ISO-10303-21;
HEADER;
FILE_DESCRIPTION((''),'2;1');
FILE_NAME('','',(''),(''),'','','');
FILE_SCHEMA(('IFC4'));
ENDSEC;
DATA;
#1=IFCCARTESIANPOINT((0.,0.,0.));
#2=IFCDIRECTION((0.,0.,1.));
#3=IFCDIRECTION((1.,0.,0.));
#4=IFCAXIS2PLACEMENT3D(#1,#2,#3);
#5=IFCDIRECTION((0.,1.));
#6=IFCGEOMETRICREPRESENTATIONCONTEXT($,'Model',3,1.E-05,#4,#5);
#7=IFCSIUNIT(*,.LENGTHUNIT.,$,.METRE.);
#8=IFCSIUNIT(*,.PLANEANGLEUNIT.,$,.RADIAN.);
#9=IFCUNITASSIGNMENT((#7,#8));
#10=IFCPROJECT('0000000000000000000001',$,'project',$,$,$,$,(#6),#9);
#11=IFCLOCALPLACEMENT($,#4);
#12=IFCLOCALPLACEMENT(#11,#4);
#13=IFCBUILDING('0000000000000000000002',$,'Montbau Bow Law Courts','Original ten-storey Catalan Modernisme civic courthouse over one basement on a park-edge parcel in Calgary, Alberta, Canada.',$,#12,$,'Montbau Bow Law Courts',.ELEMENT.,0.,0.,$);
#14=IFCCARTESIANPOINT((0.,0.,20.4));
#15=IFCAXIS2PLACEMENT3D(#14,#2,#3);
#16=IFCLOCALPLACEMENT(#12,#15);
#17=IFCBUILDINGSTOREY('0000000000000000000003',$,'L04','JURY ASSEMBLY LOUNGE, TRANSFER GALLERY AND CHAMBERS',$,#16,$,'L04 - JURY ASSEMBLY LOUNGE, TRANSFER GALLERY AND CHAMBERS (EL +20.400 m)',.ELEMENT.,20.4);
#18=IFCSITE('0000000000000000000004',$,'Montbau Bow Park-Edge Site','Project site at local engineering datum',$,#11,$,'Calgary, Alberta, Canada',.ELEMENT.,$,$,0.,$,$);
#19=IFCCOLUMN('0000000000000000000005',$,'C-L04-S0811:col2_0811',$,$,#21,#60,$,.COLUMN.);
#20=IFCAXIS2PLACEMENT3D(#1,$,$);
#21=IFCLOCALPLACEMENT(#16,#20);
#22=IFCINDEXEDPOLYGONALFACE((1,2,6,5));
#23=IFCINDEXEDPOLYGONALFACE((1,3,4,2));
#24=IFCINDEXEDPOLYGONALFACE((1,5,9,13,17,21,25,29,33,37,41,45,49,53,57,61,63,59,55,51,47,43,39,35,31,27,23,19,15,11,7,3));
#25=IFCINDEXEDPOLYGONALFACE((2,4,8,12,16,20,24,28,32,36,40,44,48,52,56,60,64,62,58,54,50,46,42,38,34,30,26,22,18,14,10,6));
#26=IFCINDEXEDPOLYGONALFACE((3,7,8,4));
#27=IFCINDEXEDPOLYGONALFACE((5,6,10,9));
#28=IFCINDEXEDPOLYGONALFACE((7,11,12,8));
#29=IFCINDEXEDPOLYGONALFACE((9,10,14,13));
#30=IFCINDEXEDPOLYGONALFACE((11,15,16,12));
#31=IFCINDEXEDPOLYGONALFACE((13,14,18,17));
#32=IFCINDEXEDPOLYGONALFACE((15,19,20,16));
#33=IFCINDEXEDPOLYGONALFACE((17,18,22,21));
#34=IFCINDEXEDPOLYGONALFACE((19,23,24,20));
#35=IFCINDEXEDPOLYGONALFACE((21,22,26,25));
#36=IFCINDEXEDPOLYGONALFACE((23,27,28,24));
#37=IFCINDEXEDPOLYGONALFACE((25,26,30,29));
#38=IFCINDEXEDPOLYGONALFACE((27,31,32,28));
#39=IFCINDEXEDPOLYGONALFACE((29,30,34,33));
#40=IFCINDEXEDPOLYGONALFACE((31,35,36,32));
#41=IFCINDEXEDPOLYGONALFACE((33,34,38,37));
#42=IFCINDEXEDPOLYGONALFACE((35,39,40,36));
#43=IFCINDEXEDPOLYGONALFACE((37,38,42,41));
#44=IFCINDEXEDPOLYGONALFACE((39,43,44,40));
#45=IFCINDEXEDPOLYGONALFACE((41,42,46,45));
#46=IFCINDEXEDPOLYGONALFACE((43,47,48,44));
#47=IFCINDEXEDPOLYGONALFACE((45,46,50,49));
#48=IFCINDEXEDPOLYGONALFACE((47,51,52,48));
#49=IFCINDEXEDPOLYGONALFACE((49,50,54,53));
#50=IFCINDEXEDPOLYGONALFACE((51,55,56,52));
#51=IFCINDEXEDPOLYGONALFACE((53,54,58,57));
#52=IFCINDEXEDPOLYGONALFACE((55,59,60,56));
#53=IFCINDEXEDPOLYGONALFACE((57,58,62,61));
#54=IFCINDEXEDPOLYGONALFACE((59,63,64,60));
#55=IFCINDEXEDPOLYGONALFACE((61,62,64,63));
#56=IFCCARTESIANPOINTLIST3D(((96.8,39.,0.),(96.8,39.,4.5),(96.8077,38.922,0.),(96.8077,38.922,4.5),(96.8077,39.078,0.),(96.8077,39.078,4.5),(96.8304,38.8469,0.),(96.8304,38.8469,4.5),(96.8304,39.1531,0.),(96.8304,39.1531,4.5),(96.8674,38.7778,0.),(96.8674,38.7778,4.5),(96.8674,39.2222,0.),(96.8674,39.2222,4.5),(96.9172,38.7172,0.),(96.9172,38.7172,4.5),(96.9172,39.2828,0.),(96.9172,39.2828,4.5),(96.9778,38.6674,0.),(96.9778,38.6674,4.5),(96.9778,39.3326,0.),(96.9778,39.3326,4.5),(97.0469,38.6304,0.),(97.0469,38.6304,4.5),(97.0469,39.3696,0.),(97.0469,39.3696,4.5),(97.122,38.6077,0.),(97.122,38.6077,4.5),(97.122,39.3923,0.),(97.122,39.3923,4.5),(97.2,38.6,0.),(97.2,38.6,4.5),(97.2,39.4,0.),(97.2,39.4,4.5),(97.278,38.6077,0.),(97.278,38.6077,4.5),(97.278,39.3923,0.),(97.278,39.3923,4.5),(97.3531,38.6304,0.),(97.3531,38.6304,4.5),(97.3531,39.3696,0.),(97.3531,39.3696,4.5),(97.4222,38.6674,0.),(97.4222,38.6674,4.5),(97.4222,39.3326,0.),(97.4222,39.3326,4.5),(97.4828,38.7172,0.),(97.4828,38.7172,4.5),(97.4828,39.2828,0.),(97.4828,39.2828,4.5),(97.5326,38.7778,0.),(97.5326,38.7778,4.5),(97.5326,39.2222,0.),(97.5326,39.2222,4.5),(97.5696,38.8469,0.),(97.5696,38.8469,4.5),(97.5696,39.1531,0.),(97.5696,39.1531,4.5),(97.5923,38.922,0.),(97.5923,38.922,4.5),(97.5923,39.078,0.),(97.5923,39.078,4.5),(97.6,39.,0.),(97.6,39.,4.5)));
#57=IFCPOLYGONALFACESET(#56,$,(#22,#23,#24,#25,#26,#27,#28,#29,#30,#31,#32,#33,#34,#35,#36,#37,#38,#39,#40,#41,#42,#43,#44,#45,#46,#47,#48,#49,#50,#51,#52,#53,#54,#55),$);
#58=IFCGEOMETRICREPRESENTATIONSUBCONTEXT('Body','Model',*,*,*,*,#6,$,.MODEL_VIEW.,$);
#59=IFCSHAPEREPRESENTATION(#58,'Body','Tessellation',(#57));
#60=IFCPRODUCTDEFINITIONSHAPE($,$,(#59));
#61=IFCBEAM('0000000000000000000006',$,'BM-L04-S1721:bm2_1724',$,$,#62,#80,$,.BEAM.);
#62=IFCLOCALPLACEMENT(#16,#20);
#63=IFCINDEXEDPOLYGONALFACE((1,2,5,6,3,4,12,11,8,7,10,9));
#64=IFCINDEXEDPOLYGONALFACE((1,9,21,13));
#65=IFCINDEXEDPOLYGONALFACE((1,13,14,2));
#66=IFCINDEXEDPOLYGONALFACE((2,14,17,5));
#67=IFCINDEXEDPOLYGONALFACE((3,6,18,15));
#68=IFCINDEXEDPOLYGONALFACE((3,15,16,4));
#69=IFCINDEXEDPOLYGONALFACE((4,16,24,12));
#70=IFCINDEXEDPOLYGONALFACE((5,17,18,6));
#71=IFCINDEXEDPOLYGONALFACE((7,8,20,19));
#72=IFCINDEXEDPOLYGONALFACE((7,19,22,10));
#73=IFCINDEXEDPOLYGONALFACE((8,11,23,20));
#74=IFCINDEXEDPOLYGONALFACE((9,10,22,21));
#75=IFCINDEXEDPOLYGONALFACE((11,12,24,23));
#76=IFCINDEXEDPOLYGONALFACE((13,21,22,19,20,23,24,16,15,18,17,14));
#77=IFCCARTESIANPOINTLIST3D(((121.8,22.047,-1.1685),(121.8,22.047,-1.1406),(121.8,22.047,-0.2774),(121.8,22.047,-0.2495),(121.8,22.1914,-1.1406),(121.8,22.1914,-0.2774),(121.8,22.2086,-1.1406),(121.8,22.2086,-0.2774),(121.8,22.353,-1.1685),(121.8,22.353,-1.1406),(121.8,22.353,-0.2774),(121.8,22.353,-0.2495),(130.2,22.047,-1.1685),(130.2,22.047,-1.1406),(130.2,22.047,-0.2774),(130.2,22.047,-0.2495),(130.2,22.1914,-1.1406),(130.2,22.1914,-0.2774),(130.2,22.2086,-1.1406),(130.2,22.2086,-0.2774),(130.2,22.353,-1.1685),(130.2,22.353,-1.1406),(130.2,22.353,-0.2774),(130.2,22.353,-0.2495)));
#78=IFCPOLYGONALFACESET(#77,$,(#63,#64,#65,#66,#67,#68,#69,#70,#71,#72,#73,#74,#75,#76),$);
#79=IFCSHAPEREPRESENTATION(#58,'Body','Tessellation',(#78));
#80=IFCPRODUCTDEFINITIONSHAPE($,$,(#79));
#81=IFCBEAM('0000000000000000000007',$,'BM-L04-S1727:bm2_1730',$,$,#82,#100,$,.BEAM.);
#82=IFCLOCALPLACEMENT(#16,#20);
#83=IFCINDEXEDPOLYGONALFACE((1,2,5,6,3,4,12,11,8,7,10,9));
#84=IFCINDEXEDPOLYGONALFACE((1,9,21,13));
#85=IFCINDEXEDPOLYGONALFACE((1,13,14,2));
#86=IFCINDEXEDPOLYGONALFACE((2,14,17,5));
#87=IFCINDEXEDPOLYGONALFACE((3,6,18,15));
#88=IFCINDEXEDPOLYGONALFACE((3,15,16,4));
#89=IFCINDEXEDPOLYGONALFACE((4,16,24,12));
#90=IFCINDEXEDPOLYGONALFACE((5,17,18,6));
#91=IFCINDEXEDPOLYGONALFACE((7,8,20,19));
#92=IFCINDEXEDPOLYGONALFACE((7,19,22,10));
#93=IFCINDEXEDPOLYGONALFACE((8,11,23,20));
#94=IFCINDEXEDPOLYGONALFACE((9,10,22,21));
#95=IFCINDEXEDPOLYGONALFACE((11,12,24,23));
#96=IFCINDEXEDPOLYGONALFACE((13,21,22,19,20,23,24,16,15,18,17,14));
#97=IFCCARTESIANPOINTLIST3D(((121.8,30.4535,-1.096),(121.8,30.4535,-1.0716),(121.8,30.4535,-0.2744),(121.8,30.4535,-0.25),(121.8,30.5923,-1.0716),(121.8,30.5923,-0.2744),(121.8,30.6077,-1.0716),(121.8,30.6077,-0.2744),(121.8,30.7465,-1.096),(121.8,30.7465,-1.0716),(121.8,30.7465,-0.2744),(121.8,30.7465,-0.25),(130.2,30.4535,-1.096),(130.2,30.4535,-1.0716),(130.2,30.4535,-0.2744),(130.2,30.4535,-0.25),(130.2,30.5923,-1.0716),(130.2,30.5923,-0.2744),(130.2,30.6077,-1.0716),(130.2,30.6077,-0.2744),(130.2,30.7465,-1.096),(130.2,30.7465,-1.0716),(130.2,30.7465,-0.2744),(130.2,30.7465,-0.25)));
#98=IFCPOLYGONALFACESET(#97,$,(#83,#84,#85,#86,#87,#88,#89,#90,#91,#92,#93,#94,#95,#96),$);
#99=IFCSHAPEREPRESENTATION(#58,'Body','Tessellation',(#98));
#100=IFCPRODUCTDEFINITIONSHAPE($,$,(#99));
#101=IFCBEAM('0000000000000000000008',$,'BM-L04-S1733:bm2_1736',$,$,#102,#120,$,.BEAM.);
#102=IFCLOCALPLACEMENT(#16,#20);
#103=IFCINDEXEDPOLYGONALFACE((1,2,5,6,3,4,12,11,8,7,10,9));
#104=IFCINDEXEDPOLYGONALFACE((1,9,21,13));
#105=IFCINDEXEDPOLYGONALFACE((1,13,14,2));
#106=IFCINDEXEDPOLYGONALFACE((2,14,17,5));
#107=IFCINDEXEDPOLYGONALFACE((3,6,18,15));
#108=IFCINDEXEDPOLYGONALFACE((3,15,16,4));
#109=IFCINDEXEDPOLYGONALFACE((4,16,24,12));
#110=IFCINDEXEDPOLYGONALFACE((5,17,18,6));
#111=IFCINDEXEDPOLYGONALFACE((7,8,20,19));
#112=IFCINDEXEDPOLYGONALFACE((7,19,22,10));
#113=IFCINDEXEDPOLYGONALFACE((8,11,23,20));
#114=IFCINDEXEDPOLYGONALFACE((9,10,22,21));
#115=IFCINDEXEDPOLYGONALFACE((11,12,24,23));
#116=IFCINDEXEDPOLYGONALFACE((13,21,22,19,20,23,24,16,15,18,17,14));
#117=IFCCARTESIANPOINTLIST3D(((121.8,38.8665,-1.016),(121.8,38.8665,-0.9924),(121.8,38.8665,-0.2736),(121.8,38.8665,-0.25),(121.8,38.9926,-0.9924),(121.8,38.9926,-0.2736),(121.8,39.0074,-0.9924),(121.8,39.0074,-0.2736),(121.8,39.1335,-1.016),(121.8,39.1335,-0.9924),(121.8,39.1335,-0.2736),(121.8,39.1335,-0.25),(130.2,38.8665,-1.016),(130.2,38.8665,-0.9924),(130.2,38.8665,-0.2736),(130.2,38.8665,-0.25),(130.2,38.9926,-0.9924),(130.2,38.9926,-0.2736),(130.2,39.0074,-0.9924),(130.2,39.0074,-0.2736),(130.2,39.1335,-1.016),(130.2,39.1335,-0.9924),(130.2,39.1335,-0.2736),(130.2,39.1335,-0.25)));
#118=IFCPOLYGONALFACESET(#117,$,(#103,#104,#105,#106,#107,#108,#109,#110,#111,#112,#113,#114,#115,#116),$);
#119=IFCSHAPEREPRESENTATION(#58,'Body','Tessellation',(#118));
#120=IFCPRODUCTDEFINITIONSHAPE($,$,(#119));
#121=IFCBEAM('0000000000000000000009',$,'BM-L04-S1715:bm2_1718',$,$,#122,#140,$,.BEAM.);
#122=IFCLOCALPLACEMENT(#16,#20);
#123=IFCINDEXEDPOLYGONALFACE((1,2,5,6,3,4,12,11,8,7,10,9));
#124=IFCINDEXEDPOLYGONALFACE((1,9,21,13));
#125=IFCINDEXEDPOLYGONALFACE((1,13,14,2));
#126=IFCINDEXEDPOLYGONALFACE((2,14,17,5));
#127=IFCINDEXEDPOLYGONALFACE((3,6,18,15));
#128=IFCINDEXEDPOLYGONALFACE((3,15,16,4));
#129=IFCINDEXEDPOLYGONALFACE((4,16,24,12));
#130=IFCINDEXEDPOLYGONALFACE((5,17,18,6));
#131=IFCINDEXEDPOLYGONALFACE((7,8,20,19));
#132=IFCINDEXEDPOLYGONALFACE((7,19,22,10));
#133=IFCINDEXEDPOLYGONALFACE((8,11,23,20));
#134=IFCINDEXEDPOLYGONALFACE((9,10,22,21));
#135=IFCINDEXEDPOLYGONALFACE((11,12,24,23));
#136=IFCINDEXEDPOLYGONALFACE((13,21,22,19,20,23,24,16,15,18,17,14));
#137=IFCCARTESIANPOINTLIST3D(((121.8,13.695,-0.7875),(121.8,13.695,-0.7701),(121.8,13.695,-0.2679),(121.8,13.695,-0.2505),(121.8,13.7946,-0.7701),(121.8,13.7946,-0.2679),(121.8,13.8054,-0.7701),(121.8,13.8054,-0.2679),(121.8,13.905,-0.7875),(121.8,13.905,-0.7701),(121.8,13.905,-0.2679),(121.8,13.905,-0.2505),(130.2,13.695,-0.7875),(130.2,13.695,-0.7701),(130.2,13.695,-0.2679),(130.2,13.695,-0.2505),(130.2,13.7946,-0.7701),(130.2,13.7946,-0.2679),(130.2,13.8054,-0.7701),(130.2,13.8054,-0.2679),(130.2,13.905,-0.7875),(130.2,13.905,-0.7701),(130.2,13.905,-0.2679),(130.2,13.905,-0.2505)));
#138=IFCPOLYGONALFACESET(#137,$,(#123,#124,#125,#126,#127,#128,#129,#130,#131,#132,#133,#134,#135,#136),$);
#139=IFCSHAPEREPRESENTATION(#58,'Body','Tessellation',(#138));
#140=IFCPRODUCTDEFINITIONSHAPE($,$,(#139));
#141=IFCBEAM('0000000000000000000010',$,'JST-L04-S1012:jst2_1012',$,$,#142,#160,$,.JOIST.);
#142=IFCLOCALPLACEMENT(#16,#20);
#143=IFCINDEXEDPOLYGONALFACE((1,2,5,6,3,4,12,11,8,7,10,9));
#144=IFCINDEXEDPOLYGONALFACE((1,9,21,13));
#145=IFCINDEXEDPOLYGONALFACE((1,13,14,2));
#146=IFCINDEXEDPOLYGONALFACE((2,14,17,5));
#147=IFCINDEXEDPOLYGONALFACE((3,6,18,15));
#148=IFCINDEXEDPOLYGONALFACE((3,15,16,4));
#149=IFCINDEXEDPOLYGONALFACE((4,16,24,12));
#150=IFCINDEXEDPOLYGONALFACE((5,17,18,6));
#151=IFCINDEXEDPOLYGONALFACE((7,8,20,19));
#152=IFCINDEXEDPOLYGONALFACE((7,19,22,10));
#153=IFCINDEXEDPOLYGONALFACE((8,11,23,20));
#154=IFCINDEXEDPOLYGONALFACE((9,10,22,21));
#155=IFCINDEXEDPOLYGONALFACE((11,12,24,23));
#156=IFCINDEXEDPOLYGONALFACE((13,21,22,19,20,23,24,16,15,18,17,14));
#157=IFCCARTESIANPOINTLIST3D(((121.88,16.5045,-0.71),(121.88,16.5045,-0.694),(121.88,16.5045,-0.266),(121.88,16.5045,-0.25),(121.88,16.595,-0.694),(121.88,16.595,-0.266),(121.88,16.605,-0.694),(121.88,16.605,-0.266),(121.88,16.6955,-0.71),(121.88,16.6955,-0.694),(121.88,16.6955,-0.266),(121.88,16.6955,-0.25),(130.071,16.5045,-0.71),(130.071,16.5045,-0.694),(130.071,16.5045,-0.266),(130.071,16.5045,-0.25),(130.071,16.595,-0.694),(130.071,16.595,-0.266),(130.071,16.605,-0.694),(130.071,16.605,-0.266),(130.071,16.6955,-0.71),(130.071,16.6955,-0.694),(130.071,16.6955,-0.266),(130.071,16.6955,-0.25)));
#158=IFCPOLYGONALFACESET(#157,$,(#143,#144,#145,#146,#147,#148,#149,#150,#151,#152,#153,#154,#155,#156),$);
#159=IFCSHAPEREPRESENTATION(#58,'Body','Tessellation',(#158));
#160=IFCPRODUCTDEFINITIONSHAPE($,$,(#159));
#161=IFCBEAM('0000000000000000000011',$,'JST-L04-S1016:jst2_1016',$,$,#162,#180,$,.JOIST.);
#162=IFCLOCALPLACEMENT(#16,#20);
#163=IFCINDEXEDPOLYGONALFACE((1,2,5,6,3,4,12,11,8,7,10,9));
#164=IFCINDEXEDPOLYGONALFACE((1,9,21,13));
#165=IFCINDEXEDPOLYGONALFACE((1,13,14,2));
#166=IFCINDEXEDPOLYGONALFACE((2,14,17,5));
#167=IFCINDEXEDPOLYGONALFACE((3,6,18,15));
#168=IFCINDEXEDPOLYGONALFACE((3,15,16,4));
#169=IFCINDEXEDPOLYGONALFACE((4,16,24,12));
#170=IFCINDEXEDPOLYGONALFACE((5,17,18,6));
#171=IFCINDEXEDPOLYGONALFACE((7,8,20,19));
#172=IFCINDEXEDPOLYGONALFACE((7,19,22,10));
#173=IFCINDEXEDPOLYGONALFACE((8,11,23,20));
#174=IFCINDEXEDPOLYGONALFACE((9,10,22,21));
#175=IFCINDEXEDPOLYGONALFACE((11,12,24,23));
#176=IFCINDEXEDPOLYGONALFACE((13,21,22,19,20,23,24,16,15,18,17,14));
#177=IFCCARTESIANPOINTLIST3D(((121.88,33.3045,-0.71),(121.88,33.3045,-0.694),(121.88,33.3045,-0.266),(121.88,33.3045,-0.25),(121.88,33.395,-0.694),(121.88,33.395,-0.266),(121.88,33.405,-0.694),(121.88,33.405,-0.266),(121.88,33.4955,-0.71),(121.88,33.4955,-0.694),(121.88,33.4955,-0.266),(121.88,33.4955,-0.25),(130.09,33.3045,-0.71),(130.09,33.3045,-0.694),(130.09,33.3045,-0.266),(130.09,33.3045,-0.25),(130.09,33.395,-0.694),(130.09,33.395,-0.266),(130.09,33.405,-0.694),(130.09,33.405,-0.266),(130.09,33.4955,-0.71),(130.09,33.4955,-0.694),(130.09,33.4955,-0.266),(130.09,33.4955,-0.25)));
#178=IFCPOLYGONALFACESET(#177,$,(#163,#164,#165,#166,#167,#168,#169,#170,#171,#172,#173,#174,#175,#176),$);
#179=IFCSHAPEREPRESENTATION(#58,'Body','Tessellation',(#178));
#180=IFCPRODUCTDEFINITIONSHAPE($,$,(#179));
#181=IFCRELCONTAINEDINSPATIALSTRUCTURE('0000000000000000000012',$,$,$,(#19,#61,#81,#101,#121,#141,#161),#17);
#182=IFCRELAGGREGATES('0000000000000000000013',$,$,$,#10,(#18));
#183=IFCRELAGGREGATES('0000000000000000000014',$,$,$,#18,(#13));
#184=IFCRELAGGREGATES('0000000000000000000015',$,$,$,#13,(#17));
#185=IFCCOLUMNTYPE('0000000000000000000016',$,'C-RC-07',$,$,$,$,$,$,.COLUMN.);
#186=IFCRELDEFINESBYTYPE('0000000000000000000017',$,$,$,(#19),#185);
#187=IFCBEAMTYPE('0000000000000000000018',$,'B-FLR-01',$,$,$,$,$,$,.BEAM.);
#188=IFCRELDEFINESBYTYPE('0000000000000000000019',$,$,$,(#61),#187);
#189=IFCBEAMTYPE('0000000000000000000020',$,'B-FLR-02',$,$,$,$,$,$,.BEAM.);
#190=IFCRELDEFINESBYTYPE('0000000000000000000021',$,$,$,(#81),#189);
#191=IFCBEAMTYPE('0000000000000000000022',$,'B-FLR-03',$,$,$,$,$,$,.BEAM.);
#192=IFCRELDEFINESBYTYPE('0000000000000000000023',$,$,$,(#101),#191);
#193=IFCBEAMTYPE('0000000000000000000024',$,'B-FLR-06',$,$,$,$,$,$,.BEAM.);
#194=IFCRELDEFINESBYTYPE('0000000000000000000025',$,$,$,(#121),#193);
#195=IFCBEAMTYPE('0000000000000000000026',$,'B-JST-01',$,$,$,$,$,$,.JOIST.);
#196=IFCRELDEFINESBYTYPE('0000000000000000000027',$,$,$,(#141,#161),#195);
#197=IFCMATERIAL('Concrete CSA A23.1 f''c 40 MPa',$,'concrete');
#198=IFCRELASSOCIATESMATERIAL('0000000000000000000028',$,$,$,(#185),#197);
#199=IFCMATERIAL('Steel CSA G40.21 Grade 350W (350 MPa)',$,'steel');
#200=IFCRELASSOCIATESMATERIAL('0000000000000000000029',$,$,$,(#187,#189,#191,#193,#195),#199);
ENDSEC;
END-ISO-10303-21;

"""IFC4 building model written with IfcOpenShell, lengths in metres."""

from ifc_helpers import new_model, si_unit, direction, frame, origin_with_axes, origin_2d_with_axis, place, context, subcontext, project, spatial, circle, i_section, extrude, material, material_profile, profile_set, type_object, element, save


model = new_model("IFC4")

# Units and contexts
model_context = context("Model", 3, precision=1e-05, world=origin_with_axes(), true_north=direction((0.0, 1.0)))
body_context = subcontext(model_context, "Body", "Model", "MODEL_VIEW")
ifc_project = project(units=[si_unit("LENGTHUNIT", "METRE"), si_unit("PLANEANGLEUNIT", "RADIAN")], contexts=[model_context])

# Site, building, storey
site_placement = place(None, origin_with_axes())
site = spatial("IfcSite", under=ifc_project, at=site_placement, Name="Montbau Bow Park-Edge Site", Description="Project site at local engineering datum", LongName="Calgary, Alberta, Canada", CompositionType="ELEMENT", RefElevation=0.0)
building_placement = place(site_placement, origin_with_axes())
building = spatial("IfcBuilding", under=site, at=building_placement, Name="Montbau Bow Law Courts", Description="Original ten-storey Catalan Modernisme civic courthouse over one basement on a park-edge parcel in Calgary, Alberta, Canada.", LongName="Montbau Bow Law Courts", CompositionType="ELEMENT", ElevationOfRefHeight=0.0, ElevationOfTerrain=0.0)
storey_placement = place(building_placement, frame((0.0, 0.0, 20.4), z_axis=(0.0, 0.0, 1.0), x_axis=(1.0, 0.0, 0.0)))
storey = spatial("IfcBuildingStorey", under=building, at=storey_placement, Name="L04", Description="JURY ASSEMBLY LOUNGE, TRANSFER GALLERY AND CHAMBERS", LongName="L04 - JURY ASSEMBLY LOUNGE, TRANSFER GALLERY AND CHAMBERS (EL +20.400 m)", CompositionType="ELEMENT", Elevation=20.4)

# Column
ifc_material_1 = material(Name="Concrete CSA A23.1 f'c 40 MPa", Category="concrete")
ifc_material_profile_1 = material_profile(ifc_material_1, circle(Radius=0.4, at=origin_2d_with_axis()), Name="RC800D", Category="Main", Priority=0)
ifc_profile_set_1 = profile_set([ifc_material_profile_1], Name="Concrete CSA A23.1 f'c 40 MPa")
column_type = type_object("IfcColumnType", Name="C-RC-07", PredefinedType="COLUMN", material=ifc_profile_set_1)
column_placement = place(None, frame((97.2, 39.0, 20.4), z_axis=(0.0, 0.0, 1.0), x_axis=(1.0, 0.0, 0.0)))
element("IfcColumn", 1, at=column_placement, inside=storey, type_object=column_type, Name="C-L04-S0811:col2_0811", PredefinedType="COLUMN", context=body_context, shape_type="SweptSolid", body=[
    extrude(circle(Radius=0.4, at=origin_2d_with_axis()), origin_with_axes(), (0.0, 0.0, 1.0), 4.5),
])

# Beams
ifc_material_2 = material(Name="Steel CSA G40.21 Grade 350W (350 MPa)", Category="steel")
ifc_material_profile_2 = material_profile(ifc_material_2, i_section(OverallWidth=0.306, OverallDepth=0.919, WebThickness=0.0173, FlangeThickness=0.0279, at=origin_2d_with_axis()), Name="W920X253", Category="Main", Priority=0)
ifc_profile_set_2 = profile_set([ifc_material_profile_2], Name="Steel CSA G40.21 Grade 350W (350 MPa)")
beam_type_1 = type_object("IfcBeamType", Name="B-FLR-01", PredefinedType="BEAM", material=ifc_profile_set_2)
beam_1_placement = place(None, frame((121.8, 22.2, 19.691), z_axis=(1.0, 0.0, 0.0), x_axis=(0.0, 1.0, 0.0)))
element("IfcBeam", 2, at=beam_1_placement, inside=storey, type_object=beam_type_1, Name="BM-L04-S1721:bm2_1724", PredefinedType="BEAM", context=body_context, shape_type="SweptSolid", body=[
    extrude(i_section(OverallWidth=0.306, OverallDepth=0.919, WebThickness=0.0173, FlangeThickness=0.0279, at=origin_2d_with_axis()), origin_with_axes(), (0.0, 0.0, 1.0), 8.4),
])
ifc_material_profile_3 = material_profile(ifc_material_2, i_section(OverallWidth=0.293, OverallDepth=0.846, WebThickness=0.0154, FlangeThickness=0.0244, at=origin_2d_with_axis()), Name="W840X210", Category="Main", Priority=0)
ifc_profile_set_3 = profile_set([ifc_material_profile_3], Name="Steel CSA G40.21 Grade 350W (350 MPa)")
beam_type_2 = type_object("IfcBeamType", Name="B-FLR-02", PredefinedType="BEAM", material=ifc_profile_set_3)
beam_2_placement = place(None, frame((121.8, 30.6, 19.727), z_axis=(1.0, 0.0, 0.0), x_axis=(0.0, 1.0, 0.0)))
element("IfcBeam", 3, at=beam_2_placement, inside=storey, type_object=beam_type_2, Name="BM-L04-S1727:bm2_1730", PredefinedType="BEAM", context=body_context, shape_type="SweptSolid", body=[
    extrude(i_section(OverallWidth=0.293, OverallDepth=0.846, WebThickness=0.0154, FlangeThickness=0.0244, at=origin_2d_with_axis()), origin_with_axes(), (0.0, 0.0, 1.0), 8.4),
])
ifc_material_profile_4 = material_profile(ifc_material_2, i_section(OverallWidth=0.267, OverallDepth=0.766, WebThickness=0.0149, FlangeThickness=0.0236, at=origin_2d_with_axis()), Name="W760X185", Category="Main", Priority=0)
ifc_profile_set_4 = profile_set([ifc_material_profile_4], Name="Steel CSA G40.21 Grade 350W (350 MPa)")
beam_type_3 = type_object("IfcBeamType", Name="B-FLR-03", PredefinedType="BEAM", material=ifc_profile_set_4)
beam_3_placement = place(None, frame((121.8, 39.0, 19.767), z_axis=(1.0, 0.0, 0.0), x_axis=(0.0, 1.0, 0.0)))
element("IfcBeam", 4, at=beam_3_placement, inside=storey, type_object=beam_type_3, Name="BM-L04-S1733:bm2_1736", PredefinedType="BEAM", context=body_context, shape_type="SweptSolid", body=[
    extrude(i_section(OverallWidth=0.267, OverallDepth=0.766, WebThickness=0.0149, FlangeThickness=0.0236, at=origin_2d_with_axis()), origin_with_axes(), (0.0, 0.0, 1.0), 8.4),
])
ifc_material_profile_5 = material_profile(ifc_material_2, i_section(OverallWidth=0.21, OverallDepth=0.537, WebThickness=0.0109, FlangeThickness=0.0174, at=origin_2d_with_axis()), Name="W530X101", Category="Main", Priority=0)
ifc_profile_set_5 = profile_set([ifc_material_profile_5], Name="Steel CSA G40.21 Grade 350W (350 MPa)")
beam_type_4 = type_object("IfcBeamType", Name="B-FLR-06", PredefinedType="BEAM", material=ifc_profile_set_5)
beam_4_placement = place(None, frame((121.8, 13.8, 19.881), z_axis=(1.0, 0.0, 0.0), x_axis=(0.0, 1.0, 0.0)))
element("IfcBeam", 5, at=beam_4_placement, inside=storey, type_object=beam_type_4, Name="BM-L04-S1715:bm2_1718", PredefinedType="BEAM", context=body_context, shape_type="SweptSolid", body=[
    extrude(i_section(OverallWidth=0.21, OverallDepth=0.537, WebThickness=0.0109, FlangeThickness=0.0174, at=origin_2d_with_axis()), origin_with_axes(), (0.0, 0.0, 1.0), 8.4),
])
ifc_material_profile_6 = material_profile(ifc_material_2, i_section(OverallWidth=0.191, OverallDepth=0.46, WebThickness=0.0099, FlangeThickness=0.016, at=origin_2d_with_axis()), Name="W460X82", Category="Main", Priority=0)
ifc_profile_set_6 = profile_set([ifc_material_profile_6], Name="Steel CSA G40.21 Grade 350W (350 MPa)")
beam_type_5 = type_object("IfcBeamType", Name="B-JST-01", PredefinedType="JOIST", material=ifc_profile_set_6)
beam_5_placement = place(None, frame((121.88, 16.6, 19.92), z_axis=(1.0, 0.0, 0.0), x_axis=(0.0, 1.0, 0.0)))
element("IfcBeam", 6, at=beam_5_placement, inside=storey, type_object=beam_type_5, Name="JST-L04-S1012:jst2_1012", PredefinedType="JOIST", context=body_context, shape_type="SweptSolid", body=[
    extrude(i_section(OverallWidth=0.191, OverallDepth=0.46, WebThickness=0.0099, FlangeThickness=0.016, at=origin_2d_with_axis()), origin_with_axes(), (0.0, 0.0, 1.0), 8.191),
])
beam_6_placement = place(None, frame((121.88, 33.4, 19.92), z_axis=(1.0, 0.0, 0.0), x_axis=(0.0, 1.0, 0.0)))
element("IfcBeam", 7, at=beam_6_placement, inside=storey, type_object=beam_type_5, Name="JST-L04-S1016:jst2_1016", PredefinedType="JOIST", context=body_context, shape_type="SweptSolid", body=[
    extrude(i_section(OverallWidth=0.191, OverallDepth=0.46, WebThickness=0.0099, FlangeThickness=0.016, at=origin_2d_with_axis()), origin_with_axes(), (0.0, 0.0, 1.0), 8.21),
])

save(model, "model.ifc")
